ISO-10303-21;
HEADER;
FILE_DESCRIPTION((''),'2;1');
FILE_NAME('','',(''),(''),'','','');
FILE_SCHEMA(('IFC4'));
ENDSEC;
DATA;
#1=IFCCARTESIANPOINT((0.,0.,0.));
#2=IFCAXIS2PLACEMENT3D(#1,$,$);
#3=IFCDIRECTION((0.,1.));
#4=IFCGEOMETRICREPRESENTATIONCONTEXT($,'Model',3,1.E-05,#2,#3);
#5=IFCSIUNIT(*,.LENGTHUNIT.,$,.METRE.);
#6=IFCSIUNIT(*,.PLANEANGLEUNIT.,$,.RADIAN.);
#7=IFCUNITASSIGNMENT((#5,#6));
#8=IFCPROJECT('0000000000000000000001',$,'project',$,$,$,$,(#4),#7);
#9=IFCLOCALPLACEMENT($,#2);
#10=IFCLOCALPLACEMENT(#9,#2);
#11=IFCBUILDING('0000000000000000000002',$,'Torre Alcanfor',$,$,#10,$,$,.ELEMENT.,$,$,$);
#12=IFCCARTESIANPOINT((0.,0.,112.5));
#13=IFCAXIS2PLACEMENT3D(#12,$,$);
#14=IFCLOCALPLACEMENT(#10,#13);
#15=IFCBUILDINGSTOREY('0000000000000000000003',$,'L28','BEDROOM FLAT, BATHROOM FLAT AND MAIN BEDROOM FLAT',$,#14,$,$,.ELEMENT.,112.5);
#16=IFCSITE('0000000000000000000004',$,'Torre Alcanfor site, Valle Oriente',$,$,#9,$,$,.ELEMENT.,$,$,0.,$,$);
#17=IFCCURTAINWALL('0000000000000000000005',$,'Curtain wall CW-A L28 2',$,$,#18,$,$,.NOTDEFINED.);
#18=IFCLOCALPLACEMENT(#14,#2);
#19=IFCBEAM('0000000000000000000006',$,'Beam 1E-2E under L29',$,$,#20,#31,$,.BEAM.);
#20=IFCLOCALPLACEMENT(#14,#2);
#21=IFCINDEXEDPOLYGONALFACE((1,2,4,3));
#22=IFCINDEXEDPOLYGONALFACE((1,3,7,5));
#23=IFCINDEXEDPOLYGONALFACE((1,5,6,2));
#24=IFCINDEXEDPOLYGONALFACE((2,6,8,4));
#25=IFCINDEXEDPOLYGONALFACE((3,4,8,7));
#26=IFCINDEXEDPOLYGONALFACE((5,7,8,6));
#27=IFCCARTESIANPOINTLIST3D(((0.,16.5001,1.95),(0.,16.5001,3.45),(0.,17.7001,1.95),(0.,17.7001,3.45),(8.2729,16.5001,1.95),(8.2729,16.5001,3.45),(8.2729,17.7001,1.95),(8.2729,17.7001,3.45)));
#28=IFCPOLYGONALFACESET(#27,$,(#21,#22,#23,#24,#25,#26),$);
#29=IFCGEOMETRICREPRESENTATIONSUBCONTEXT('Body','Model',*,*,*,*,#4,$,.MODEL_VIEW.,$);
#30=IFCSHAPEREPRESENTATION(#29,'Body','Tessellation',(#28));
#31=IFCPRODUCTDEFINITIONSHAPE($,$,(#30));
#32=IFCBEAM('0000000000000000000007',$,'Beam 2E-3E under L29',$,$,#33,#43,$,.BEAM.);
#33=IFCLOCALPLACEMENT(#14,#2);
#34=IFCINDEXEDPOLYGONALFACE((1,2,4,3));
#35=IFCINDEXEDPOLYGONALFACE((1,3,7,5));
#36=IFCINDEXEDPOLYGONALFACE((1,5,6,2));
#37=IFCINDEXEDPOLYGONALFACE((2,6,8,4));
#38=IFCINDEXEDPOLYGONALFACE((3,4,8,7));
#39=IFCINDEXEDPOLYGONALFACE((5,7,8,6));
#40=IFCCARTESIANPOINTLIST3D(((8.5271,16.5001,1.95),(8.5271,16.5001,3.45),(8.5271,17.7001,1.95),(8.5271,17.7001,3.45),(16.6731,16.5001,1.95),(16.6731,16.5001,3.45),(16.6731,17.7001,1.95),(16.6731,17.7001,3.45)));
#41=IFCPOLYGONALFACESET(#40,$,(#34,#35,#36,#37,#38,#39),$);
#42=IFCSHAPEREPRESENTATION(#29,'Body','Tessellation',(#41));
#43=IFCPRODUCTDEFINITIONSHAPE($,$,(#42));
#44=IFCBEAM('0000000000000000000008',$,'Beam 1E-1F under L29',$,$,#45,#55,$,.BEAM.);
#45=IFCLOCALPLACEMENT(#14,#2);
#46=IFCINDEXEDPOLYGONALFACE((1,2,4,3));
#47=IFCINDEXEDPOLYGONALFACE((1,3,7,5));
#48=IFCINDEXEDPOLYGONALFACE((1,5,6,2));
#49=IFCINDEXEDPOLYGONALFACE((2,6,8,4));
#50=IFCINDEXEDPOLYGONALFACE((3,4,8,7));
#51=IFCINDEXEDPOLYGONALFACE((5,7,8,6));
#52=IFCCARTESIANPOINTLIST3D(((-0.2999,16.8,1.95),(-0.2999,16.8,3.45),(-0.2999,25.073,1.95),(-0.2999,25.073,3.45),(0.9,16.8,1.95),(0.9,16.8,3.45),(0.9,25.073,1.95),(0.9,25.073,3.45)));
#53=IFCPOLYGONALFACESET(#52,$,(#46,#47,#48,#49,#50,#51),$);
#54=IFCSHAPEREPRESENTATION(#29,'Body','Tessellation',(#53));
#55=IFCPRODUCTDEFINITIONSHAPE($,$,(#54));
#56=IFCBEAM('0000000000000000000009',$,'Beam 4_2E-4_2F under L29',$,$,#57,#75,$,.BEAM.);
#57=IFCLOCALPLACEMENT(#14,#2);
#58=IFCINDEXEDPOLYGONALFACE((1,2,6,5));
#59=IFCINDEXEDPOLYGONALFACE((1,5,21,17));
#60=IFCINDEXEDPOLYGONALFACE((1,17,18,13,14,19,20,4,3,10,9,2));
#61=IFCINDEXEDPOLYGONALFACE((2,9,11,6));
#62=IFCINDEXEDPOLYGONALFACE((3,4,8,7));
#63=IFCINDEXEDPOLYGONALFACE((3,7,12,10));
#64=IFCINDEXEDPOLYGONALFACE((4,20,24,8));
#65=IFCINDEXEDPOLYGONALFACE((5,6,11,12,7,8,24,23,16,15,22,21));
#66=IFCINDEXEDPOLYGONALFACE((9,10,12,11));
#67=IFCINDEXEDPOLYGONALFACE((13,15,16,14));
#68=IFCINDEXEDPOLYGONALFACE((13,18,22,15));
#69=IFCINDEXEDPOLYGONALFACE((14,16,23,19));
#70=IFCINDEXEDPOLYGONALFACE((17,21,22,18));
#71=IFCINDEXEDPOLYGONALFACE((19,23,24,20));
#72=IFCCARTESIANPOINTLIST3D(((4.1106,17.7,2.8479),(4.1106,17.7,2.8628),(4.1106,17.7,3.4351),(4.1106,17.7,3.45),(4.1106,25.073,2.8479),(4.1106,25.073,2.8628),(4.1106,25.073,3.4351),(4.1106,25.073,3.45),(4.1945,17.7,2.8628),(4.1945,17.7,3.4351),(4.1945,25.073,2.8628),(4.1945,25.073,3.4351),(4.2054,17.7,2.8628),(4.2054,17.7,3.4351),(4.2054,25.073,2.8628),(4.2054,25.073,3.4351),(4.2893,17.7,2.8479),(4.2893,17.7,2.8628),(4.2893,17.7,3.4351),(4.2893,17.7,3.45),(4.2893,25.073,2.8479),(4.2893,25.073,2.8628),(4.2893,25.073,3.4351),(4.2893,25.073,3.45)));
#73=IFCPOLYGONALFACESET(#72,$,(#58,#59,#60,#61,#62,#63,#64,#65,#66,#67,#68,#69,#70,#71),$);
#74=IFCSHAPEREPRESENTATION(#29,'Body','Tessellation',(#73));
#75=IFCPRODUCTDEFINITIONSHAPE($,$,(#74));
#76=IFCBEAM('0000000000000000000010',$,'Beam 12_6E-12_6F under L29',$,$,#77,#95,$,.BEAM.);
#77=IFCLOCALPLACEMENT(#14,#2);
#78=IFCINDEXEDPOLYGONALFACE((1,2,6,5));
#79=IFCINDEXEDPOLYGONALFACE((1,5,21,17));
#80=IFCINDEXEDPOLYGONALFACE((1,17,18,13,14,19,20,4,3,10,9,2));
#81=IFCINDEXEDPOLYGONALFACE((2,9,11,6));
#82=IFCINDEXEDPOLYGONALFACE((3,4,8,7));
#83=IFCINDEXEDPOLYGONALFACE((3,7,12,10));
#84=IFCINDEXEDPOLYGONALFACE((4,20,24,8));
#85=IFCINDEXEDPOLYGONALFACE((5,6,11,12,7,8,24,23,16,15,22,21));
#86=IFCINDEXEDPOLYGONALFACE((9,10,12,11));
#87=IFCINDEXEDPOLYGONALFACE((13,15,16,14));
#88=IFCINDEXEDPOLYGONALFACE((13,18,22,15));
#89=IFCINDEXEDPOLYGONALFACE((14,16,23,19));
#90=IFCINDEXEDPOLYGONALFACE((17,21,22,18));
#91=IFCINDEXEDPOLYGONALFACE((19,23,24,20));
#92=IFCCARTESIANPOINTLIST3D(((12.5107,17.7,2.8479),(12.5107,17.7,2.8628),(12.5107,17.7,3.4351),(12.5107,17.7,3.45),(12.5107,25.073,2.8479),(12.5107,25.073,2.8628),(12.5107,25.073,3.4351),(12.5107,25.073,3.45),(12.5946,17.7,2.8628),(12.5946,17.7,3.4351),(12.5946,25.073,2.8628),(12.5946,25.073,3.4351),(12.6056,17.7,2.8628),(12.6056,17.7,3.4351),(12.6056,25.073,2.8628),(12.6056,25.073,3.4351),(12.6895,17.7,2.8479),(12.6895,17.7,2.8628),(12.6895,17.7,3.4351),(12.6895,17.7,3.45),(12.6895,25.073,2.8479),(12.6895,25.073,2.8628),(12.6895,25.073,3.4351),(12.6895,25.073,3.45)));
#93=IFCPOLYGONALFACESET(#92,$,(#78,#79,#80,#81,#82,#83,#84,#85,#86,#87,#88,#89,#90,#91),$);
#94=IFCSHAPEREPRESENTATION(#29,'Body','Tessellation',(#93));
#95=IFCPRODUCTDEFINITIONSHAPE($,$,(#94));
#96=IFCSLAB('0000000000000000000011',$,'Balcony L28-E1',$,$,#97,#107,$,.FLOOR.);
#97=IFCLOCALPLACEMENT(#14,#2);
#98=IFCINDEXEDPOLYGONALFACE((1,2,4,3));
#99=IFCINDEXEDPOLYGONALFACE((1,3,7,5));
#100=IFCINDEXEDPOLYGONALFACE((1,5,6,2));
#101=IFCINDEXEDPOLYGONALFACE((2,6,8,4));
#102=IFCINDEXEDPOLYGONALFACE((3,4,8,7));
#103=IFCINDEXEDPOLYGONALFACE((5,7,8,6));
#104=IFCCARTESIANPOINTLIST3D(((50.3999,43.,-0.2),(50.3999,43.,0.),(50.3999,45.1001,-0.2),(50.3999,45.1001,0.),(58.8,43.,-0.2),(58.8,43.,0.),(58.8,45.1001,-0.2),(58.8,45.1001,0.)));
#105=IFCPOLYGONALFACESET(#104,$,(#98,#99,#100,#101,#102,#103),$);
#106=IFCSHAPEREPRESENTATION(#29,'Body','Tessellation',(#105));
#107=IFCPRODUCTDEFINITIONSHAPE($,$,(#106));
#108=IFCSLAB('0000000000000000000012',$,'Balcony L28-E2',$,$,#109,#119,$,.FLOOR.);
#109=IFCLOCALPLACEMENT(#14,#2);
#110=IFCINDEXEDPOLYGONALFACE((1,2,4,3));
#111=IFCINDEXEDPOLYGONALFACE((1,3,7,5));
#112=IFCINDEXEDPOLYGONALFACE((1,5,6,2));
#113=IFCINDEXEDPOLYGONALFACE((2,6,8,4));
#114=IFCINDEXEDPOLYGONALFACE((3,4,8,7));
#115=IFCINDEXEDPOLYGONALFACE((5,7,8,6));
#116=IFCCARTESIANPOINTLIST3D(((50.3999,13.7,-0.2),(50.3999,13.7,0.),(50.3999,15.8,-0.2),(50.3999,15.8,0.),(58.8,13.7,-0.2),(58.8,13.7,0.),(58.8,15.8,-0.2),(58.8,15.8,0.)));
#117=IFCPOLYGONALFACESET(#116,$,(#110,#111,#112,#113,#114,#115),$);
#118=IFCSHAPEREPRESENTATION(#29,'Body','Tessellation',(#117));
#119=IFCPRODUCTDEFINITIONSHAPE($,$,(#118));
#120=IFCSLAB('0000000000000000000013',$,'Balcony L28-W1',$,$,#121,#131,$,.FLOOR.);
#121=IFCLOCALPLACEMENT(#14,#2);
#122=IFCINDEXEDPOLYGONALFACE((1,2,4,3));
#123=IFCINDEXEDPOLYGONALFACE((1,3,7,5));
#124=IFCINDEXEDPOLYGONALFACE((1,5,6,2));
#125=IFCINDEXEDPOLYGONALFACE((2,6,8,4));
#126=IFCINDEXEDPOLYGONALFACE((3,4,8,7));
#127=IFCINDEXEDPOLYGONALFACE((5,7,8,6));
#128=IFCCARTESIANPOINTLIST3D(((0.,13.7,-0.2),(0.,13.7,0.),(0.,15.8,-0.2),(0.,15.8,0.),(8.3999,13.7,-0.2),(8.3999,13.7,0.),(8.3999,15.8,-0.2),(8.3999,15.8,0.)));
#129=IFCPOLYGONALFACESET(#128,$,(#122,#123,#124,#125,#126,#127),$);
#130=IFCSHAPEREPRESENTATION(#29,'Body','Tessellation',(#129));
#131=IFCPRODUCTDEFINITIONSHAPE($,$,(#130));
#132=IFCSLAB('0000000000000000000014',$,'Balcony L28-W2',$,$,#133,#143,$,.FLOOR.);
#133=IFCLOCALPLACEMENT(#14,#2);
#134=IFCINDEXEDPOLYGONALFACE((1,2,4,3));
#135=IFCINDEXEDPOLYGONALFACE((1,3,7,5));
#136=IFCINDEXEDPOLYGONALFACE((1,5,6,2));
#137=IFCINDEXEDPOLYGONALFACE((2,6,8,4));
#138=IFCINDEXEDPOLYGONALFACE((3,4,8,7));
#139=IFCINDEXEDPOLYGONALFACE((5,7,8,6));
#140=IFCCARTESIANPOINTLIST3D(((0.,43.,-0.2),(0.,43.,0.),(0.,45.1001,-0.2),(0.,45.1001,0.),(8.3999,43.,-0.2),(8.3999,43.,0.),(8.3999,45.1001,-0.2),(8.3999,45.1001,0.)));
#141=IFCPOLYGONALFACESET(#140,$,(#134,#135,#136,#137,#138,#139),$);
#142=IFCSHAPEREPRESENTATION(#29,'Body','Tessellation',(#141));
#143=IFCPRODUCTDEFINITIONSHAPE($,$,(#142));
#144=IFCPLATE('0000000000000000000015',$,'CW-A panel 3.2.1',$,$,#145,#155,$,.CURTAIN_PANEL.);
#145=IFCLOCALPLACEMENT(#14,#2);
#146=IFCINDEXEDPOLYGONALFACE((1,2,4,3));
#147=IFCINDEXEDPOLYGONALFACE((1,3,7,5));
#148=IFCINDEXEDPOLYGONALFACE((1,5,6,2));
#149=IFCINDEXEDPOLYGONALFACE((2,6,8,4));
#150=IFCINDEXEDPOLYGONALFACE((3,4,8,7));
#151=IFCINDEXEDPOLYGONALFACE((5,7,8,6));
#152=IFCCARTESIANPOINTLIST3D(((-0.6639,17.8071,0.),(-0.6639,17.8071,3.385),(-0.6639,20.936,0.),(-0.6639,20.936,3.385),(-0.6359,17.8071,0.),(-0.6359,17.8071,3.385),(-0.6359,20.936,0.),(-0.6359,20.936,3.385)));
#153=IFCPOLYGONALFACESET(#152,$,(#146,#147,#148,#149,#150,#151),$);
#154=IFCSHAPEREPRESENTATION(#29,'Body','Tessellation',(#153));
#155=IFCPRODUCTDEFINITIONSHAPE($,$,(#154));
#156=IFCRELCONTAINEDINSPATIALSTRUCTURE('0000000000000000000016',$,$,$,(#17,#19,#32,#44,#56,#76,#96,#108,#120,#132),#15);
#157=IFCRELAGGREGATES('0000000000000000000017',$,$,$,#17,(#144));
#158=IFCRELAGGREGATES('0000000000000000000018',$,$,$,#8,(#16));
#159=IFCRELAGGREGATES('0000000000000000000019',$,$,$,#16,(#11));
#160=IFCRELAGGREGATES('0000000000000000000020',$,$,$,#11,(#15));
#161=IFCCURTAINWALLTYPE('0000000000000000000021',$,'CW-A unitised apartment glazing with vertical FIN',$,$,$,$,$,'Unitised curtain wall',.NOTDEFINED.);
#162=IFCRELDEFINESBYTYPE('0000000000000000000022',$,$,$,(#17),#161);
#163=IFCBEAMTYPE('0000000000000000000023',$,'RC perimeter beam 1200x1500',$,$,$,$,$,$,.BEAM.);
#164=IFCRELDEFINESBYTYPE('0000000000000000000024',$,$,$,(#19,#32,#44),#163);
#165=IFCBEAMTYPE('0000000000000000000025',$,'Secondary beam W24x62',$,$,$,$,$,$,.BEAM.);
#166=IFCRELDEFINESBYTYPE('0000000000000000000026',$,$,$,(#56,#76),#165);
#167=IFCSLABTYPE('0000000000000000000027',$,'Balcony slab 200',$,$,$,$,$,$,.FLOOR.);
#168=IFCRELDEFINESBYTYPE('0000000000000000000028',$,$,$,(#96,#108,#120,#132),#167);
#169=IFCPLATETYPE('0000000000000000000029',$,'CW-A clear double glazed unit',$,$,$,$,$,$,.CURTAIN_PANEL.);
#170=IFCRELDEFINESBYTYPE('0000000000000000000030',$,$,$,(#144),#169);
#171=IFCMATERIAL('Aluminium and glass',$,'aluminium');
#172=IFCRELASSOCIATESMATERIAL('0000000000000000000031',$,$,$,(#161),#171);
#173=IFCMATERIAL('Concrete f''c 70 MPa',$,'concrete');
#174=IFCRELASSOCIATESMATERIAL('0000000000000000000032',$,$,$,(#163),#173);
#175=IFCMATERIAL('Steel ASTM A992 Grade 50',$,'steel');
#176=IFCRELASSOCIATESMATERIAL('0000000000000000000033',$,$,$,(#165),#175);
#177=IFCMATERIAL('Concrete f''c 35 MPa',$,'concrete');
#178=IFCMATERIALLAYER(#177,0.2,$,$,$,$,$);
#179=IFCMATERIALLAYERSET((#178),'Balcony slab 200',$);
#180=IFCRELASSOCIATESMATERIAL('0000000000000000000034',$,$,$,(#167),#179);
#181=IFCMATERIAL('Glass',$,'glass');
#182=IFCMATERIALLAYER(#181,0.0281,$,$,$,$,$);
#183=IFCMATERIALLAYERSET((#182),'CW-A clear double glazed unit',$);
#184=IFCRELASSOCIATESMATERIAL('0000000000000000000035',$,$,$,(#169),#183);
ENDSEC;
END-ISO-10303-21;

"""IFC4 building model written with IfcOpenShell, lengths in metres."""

from ifc_helpers import new_model, si_unit, direction, frame, origin, origin_2d, place, context, subcontext, project, spatial, polyline, rectangle, i_section, outline, extrude, material, layer, layer_set, material_profile, profile_set, type_object, element, aggregate, save


model = new_model("IFC4")

# Units and contexts
model_context = context("Model", 3, precision=1e-05, world=origin(), true_north=direction((0.0, 1.0)))
body_context = subcontext(model_context, "Body", "Model", "MODEL_VIEW")
ifc_project = project(units=[si_unit("LENGTHUNIT", "METRE"), si_unit("PLANEANGLEUNIT", "RADIAN")], contexts=[model_context])

# Site, building, storey
site_placement = place(None, origin())
site = spatial("IfcSite", under=ifc_project, at=site_placement, Name="Torre Alcanfor site, Valle Oriente", CompositionType="ELEMENT", RefElevation=0.0)
building_placement = place(site_placement, origin())
building = spatial("IfcBuilding", under=site, at=building_placement, Name="Torre Alcanfor", CompositionType="ELEMENT")
storey_placement = place(building_placement, frame((0.0, 0.0, 112.5)))
storey = spatial("IfcBuildingStorey", under=building, at=storey_placement, Name="L28", Description="BEDROOM FLAT, BATHROOM FLAT AND MAIN BEDROOM FLAT", CompositionType="ELEMENT", Elevation=112.5)

# Curtain wall
ifc_material_1 = material(Name="Aluminium and glass", Category="aluminium")
curtain_wall_type = type_object("IfcCurtainWallType", Name="CW-A unitised apartment glazing with vertical FIN", ElementType="Unitised curtain wall", PredefinedType="NOTDEFINED", material=ifc_material_1)
curtain_wall_placement = place(storey_placement, origin())
curtain_wall = element("IfcCurtainWall", 1, at=curtain_wall_placement, inside=storey, type_object=curtain_wall_type, Name="Curtain wall CW-A L28 2", PredefinedType="NOTDEFINED")

# Beams
ifc_material_2 = material(Name="Concrete f'c 70 MPa", Category="concrete")
ifc_material_profile_1 = material_profile(ifc_material_2, rectangle(XDim=1.2, YDim=1.5, at=origin_2d()), Name="1200x1500")
ifc_profile_set_1 = profile_set([ifc_material_profile_1], Name="Concrete f'c 70 MPa")
beam_type_1 = type_object("IfcBeamType", Name="RC perimeter beam 1200x1500", PredefinedType="BEAM", material=ifc_profile_set_1)
beam_1_placement = place(storey_placement, frame((0.0, 17.1001, 2.7), z_axis=(1.0, 0.0, 0.0), x_axis=(0.0, 1.0, 0.0)))
element("IfcBeam", 2, at=beam_1_placement, inside=storey, type_object=beam_type_1, Name="Beam 1E-2E under L29", PredefinedType="BEAM", context=body_context, shape_type="SweptSolid", body=[
    extrude(rectangle(XDim=1.2, YDim=1.5, at=origin_2d()), origin(), (0.0, 0.0, 1.0), 8.2729),
])
beam_2_placement = place(storey_placement, frame((8.5271, 17.1001, 2.7), z_axis=(1.0, 0.0, 0.0), x_axis=(0.0, 1.0, 0.0)))
element("IfcBeam", 3, at=beam_2_placement, inside=storey, type_object=beam_type_1, Name="Beam 2E-3E under L29", PredefinedType="BEAM", context=body_context, shape_type="SweptSolid", body=[
    extrude(rectangle(XDim=1.2, YDim=1.5, at=origin_2d()), origin(), (0.0, 0.0, 1.0), 8.146),
])
beam_3_placement = place(storey_placement, frame((0.3, 16.8, 2.7), z_axis=(0.0, 1.0, 0.0), x_axis=(-1.0, 0.0, 0.0)))
element("IfcBeam", 4, at=beam_3_placement, inside=storey, type_object=beam_type_1, Name="Beam 1E-1F under L29", PredefinedType="BEAM", context=body_context, shape_type="SweptSolid", body=[
    extrude(rectangle(XDim=1.2, YDim=1.5, at=origin_2d()), origin(), (0.0, 0.0, 1.0), 8.2729),
])
ifc_material_3 = material(Name="Steel ASTM A992 Grade 50", Category="steel")
ifc_material_profile_2 = material_profile(ifc_material_3, i_section(OverallWidth=0.1787, OverallDepth=0.6021, WebThickness=0.011, FlangeThickness=0.0149, at=origin_2d()), Name="W24x62")
ifc_profile_set_2 = profile_set([ifc_material_profile_2], Name="Steel ASTM A992 Grade 50")
beam_type_2 = type_object("IfcBeamType", Name="Secondary beam W24x62", PredefinedType="BEAM", material=ifc_profile_set_2)
for number, where, z_axis, x_axis, name in (
    (5, (4.2, 17.7, 3.1489), (0.0, 1.0, 0.0), (-1.0, 0.0, 0.0), "Beam 4_2E-4_2F under L29"),
    (6, (12.6001, 17.7, 3.1489), (0.0, 1.0, 0.0), (-1.0, 0.0, 0.0), "Beam 12_6E-12_6F under L29"),
):
    element("IfcBeam", number, at=place(storey_placement, frame(where, z_axis=z_axis, x_axis=x_axis)), inside=storey, type_object=beam_type_2, Name=name, PredefinedType="BEAM", context=body_context, shape_type="SweptSolid", body=[
        extrude(i_section(OverallWidth=0.1787, OverallDepth=0.6021, WebThickness=0.011, FlangeThickness=0.0149, at=origin_2d()), origin(), (0.0, 0.0, 1.0), 7.373),
    ])

# Slabs
ifc_material_4 = material(Name="Concrete f'c 35 MPa", Category="concrete")
ifc_layer_1 = layer(ifc_material_4, 0.2)
ifc_layer_set_1 = layer_set([ifc_layer_1], Name="Balcony slab 200")
slab_type_1 = type_object("IfcSlabType", Name="Balcony slab 200", PredefinedType="FLOOR", material=ifc_layer_set_1)
slab_1_placement = place(storey_placement, frame((0.0, 0.0, -0.2)))
element("IfcSlab", 7, at=slab_1_placement, inside=storey, type_object=slab_type_1, Name="Balcony L28-E1", PredefinedType="FLOOR", context=body_context, shape_type="SweptSolid", body=[
    extrude(outline(polyline([(50.3999, 43.0), (58.8, 43.0), (58.8, 45.1001), (50.3999, 45.1001), (50.3999, 43.0)])), origin(), (0.0, 0.0, 1.0), 0.2),
])
slab_2_placement = place(storey_placement, frame((0.0, 0.0, -0.2)))
element("IfcSlab", 8, at=slab_2_placement, inside=storey, type_object=slab_type_1, Name="Balcony L28-E2", PredefinedType="FLOOR", context=body_context, shape_type="SweptSolid", body=[
    extrude(outline(polyline([(50.3999, 13.7), (58.8, 13.7), (58.8, 15.8), (50.3999, 15.8), (50.3999, 13.7)])), origin(), (0.0, 0.0, 1.0), 0.2),
])
slab_3_placement = place(storey_placement, frame((0.0, 0.0, -0.2)))
element("IfcSlab", 9, at=slab_3_placement, inside=storey, type_object=slab_type_1, Name="Balcony L28-W1", PredefinedType="FLOOR", context=body_context, shape_type="SweptSolid", body=[
    extrude(outline(polyline([(8.3999, 15.8), (0.0, 15.8), (0.0, 13.7), (8.3999, 13.7), (8.3999, 15.8)])), origin(), (0.0, 0.0, 1.0), 0.2),
])
slab_4_placement = place(storey_placement, frame((0.0, 0.0, -0.2)))
element("IfcSlab", 10, at=slab_4_placement, inside=storey, type_object=slab_type_1, Name="Balcony L28-W2", PredefinedType="FLOOR", context=body_context, shape_type="SweptSolid", body=[
    extrude(outline(polyline([(8.3999, 45.1001), (0.0, 45.1001), (0.0, 43.0), (8.3999, 43.0), (8.3999, 45.1001)])), origin(), (0.0, 0.0, 1.0), 0.2),
])

# Plate
ifc_material_5 = material(Name="Glass", Category="glass")
ifc_layer_2 = layer(ifc_material_5, 0.0281)
ifc_layer_set_2 = layer_set([ifc_layer_2], Name="CW-A clear double glazed unit")
plate_type = type_object("IfcPlateType", Name="CW-A clear double glazed unit", PredefinedType="CURTAIN_PANEL", material=ifc_layer_set_2)
plate_placement = place(storey_placement, frame((-0.6499, 19.3716, 0.0), z_axis=(0.0, 0.0, 1.0), x_axis=(0.0, -1.0, 0.0)))
plate = element("IfcPlate", 11, at=plate_placement, type_object=plate_type, Name="CW-A panel 3.2.1", PredefinedType="CURTAIN_PANEL", context=body_context, shape_type="SweptSolid", body=[
    extrude(rectangle(XDim=3.1289, YDim=0.0281, at=origin_2d()), origin(), (0.0, 0.0, 1.0), 3.385),
])
aggregate(curtain_wall, [plate])

save(model, "model.ifc")
